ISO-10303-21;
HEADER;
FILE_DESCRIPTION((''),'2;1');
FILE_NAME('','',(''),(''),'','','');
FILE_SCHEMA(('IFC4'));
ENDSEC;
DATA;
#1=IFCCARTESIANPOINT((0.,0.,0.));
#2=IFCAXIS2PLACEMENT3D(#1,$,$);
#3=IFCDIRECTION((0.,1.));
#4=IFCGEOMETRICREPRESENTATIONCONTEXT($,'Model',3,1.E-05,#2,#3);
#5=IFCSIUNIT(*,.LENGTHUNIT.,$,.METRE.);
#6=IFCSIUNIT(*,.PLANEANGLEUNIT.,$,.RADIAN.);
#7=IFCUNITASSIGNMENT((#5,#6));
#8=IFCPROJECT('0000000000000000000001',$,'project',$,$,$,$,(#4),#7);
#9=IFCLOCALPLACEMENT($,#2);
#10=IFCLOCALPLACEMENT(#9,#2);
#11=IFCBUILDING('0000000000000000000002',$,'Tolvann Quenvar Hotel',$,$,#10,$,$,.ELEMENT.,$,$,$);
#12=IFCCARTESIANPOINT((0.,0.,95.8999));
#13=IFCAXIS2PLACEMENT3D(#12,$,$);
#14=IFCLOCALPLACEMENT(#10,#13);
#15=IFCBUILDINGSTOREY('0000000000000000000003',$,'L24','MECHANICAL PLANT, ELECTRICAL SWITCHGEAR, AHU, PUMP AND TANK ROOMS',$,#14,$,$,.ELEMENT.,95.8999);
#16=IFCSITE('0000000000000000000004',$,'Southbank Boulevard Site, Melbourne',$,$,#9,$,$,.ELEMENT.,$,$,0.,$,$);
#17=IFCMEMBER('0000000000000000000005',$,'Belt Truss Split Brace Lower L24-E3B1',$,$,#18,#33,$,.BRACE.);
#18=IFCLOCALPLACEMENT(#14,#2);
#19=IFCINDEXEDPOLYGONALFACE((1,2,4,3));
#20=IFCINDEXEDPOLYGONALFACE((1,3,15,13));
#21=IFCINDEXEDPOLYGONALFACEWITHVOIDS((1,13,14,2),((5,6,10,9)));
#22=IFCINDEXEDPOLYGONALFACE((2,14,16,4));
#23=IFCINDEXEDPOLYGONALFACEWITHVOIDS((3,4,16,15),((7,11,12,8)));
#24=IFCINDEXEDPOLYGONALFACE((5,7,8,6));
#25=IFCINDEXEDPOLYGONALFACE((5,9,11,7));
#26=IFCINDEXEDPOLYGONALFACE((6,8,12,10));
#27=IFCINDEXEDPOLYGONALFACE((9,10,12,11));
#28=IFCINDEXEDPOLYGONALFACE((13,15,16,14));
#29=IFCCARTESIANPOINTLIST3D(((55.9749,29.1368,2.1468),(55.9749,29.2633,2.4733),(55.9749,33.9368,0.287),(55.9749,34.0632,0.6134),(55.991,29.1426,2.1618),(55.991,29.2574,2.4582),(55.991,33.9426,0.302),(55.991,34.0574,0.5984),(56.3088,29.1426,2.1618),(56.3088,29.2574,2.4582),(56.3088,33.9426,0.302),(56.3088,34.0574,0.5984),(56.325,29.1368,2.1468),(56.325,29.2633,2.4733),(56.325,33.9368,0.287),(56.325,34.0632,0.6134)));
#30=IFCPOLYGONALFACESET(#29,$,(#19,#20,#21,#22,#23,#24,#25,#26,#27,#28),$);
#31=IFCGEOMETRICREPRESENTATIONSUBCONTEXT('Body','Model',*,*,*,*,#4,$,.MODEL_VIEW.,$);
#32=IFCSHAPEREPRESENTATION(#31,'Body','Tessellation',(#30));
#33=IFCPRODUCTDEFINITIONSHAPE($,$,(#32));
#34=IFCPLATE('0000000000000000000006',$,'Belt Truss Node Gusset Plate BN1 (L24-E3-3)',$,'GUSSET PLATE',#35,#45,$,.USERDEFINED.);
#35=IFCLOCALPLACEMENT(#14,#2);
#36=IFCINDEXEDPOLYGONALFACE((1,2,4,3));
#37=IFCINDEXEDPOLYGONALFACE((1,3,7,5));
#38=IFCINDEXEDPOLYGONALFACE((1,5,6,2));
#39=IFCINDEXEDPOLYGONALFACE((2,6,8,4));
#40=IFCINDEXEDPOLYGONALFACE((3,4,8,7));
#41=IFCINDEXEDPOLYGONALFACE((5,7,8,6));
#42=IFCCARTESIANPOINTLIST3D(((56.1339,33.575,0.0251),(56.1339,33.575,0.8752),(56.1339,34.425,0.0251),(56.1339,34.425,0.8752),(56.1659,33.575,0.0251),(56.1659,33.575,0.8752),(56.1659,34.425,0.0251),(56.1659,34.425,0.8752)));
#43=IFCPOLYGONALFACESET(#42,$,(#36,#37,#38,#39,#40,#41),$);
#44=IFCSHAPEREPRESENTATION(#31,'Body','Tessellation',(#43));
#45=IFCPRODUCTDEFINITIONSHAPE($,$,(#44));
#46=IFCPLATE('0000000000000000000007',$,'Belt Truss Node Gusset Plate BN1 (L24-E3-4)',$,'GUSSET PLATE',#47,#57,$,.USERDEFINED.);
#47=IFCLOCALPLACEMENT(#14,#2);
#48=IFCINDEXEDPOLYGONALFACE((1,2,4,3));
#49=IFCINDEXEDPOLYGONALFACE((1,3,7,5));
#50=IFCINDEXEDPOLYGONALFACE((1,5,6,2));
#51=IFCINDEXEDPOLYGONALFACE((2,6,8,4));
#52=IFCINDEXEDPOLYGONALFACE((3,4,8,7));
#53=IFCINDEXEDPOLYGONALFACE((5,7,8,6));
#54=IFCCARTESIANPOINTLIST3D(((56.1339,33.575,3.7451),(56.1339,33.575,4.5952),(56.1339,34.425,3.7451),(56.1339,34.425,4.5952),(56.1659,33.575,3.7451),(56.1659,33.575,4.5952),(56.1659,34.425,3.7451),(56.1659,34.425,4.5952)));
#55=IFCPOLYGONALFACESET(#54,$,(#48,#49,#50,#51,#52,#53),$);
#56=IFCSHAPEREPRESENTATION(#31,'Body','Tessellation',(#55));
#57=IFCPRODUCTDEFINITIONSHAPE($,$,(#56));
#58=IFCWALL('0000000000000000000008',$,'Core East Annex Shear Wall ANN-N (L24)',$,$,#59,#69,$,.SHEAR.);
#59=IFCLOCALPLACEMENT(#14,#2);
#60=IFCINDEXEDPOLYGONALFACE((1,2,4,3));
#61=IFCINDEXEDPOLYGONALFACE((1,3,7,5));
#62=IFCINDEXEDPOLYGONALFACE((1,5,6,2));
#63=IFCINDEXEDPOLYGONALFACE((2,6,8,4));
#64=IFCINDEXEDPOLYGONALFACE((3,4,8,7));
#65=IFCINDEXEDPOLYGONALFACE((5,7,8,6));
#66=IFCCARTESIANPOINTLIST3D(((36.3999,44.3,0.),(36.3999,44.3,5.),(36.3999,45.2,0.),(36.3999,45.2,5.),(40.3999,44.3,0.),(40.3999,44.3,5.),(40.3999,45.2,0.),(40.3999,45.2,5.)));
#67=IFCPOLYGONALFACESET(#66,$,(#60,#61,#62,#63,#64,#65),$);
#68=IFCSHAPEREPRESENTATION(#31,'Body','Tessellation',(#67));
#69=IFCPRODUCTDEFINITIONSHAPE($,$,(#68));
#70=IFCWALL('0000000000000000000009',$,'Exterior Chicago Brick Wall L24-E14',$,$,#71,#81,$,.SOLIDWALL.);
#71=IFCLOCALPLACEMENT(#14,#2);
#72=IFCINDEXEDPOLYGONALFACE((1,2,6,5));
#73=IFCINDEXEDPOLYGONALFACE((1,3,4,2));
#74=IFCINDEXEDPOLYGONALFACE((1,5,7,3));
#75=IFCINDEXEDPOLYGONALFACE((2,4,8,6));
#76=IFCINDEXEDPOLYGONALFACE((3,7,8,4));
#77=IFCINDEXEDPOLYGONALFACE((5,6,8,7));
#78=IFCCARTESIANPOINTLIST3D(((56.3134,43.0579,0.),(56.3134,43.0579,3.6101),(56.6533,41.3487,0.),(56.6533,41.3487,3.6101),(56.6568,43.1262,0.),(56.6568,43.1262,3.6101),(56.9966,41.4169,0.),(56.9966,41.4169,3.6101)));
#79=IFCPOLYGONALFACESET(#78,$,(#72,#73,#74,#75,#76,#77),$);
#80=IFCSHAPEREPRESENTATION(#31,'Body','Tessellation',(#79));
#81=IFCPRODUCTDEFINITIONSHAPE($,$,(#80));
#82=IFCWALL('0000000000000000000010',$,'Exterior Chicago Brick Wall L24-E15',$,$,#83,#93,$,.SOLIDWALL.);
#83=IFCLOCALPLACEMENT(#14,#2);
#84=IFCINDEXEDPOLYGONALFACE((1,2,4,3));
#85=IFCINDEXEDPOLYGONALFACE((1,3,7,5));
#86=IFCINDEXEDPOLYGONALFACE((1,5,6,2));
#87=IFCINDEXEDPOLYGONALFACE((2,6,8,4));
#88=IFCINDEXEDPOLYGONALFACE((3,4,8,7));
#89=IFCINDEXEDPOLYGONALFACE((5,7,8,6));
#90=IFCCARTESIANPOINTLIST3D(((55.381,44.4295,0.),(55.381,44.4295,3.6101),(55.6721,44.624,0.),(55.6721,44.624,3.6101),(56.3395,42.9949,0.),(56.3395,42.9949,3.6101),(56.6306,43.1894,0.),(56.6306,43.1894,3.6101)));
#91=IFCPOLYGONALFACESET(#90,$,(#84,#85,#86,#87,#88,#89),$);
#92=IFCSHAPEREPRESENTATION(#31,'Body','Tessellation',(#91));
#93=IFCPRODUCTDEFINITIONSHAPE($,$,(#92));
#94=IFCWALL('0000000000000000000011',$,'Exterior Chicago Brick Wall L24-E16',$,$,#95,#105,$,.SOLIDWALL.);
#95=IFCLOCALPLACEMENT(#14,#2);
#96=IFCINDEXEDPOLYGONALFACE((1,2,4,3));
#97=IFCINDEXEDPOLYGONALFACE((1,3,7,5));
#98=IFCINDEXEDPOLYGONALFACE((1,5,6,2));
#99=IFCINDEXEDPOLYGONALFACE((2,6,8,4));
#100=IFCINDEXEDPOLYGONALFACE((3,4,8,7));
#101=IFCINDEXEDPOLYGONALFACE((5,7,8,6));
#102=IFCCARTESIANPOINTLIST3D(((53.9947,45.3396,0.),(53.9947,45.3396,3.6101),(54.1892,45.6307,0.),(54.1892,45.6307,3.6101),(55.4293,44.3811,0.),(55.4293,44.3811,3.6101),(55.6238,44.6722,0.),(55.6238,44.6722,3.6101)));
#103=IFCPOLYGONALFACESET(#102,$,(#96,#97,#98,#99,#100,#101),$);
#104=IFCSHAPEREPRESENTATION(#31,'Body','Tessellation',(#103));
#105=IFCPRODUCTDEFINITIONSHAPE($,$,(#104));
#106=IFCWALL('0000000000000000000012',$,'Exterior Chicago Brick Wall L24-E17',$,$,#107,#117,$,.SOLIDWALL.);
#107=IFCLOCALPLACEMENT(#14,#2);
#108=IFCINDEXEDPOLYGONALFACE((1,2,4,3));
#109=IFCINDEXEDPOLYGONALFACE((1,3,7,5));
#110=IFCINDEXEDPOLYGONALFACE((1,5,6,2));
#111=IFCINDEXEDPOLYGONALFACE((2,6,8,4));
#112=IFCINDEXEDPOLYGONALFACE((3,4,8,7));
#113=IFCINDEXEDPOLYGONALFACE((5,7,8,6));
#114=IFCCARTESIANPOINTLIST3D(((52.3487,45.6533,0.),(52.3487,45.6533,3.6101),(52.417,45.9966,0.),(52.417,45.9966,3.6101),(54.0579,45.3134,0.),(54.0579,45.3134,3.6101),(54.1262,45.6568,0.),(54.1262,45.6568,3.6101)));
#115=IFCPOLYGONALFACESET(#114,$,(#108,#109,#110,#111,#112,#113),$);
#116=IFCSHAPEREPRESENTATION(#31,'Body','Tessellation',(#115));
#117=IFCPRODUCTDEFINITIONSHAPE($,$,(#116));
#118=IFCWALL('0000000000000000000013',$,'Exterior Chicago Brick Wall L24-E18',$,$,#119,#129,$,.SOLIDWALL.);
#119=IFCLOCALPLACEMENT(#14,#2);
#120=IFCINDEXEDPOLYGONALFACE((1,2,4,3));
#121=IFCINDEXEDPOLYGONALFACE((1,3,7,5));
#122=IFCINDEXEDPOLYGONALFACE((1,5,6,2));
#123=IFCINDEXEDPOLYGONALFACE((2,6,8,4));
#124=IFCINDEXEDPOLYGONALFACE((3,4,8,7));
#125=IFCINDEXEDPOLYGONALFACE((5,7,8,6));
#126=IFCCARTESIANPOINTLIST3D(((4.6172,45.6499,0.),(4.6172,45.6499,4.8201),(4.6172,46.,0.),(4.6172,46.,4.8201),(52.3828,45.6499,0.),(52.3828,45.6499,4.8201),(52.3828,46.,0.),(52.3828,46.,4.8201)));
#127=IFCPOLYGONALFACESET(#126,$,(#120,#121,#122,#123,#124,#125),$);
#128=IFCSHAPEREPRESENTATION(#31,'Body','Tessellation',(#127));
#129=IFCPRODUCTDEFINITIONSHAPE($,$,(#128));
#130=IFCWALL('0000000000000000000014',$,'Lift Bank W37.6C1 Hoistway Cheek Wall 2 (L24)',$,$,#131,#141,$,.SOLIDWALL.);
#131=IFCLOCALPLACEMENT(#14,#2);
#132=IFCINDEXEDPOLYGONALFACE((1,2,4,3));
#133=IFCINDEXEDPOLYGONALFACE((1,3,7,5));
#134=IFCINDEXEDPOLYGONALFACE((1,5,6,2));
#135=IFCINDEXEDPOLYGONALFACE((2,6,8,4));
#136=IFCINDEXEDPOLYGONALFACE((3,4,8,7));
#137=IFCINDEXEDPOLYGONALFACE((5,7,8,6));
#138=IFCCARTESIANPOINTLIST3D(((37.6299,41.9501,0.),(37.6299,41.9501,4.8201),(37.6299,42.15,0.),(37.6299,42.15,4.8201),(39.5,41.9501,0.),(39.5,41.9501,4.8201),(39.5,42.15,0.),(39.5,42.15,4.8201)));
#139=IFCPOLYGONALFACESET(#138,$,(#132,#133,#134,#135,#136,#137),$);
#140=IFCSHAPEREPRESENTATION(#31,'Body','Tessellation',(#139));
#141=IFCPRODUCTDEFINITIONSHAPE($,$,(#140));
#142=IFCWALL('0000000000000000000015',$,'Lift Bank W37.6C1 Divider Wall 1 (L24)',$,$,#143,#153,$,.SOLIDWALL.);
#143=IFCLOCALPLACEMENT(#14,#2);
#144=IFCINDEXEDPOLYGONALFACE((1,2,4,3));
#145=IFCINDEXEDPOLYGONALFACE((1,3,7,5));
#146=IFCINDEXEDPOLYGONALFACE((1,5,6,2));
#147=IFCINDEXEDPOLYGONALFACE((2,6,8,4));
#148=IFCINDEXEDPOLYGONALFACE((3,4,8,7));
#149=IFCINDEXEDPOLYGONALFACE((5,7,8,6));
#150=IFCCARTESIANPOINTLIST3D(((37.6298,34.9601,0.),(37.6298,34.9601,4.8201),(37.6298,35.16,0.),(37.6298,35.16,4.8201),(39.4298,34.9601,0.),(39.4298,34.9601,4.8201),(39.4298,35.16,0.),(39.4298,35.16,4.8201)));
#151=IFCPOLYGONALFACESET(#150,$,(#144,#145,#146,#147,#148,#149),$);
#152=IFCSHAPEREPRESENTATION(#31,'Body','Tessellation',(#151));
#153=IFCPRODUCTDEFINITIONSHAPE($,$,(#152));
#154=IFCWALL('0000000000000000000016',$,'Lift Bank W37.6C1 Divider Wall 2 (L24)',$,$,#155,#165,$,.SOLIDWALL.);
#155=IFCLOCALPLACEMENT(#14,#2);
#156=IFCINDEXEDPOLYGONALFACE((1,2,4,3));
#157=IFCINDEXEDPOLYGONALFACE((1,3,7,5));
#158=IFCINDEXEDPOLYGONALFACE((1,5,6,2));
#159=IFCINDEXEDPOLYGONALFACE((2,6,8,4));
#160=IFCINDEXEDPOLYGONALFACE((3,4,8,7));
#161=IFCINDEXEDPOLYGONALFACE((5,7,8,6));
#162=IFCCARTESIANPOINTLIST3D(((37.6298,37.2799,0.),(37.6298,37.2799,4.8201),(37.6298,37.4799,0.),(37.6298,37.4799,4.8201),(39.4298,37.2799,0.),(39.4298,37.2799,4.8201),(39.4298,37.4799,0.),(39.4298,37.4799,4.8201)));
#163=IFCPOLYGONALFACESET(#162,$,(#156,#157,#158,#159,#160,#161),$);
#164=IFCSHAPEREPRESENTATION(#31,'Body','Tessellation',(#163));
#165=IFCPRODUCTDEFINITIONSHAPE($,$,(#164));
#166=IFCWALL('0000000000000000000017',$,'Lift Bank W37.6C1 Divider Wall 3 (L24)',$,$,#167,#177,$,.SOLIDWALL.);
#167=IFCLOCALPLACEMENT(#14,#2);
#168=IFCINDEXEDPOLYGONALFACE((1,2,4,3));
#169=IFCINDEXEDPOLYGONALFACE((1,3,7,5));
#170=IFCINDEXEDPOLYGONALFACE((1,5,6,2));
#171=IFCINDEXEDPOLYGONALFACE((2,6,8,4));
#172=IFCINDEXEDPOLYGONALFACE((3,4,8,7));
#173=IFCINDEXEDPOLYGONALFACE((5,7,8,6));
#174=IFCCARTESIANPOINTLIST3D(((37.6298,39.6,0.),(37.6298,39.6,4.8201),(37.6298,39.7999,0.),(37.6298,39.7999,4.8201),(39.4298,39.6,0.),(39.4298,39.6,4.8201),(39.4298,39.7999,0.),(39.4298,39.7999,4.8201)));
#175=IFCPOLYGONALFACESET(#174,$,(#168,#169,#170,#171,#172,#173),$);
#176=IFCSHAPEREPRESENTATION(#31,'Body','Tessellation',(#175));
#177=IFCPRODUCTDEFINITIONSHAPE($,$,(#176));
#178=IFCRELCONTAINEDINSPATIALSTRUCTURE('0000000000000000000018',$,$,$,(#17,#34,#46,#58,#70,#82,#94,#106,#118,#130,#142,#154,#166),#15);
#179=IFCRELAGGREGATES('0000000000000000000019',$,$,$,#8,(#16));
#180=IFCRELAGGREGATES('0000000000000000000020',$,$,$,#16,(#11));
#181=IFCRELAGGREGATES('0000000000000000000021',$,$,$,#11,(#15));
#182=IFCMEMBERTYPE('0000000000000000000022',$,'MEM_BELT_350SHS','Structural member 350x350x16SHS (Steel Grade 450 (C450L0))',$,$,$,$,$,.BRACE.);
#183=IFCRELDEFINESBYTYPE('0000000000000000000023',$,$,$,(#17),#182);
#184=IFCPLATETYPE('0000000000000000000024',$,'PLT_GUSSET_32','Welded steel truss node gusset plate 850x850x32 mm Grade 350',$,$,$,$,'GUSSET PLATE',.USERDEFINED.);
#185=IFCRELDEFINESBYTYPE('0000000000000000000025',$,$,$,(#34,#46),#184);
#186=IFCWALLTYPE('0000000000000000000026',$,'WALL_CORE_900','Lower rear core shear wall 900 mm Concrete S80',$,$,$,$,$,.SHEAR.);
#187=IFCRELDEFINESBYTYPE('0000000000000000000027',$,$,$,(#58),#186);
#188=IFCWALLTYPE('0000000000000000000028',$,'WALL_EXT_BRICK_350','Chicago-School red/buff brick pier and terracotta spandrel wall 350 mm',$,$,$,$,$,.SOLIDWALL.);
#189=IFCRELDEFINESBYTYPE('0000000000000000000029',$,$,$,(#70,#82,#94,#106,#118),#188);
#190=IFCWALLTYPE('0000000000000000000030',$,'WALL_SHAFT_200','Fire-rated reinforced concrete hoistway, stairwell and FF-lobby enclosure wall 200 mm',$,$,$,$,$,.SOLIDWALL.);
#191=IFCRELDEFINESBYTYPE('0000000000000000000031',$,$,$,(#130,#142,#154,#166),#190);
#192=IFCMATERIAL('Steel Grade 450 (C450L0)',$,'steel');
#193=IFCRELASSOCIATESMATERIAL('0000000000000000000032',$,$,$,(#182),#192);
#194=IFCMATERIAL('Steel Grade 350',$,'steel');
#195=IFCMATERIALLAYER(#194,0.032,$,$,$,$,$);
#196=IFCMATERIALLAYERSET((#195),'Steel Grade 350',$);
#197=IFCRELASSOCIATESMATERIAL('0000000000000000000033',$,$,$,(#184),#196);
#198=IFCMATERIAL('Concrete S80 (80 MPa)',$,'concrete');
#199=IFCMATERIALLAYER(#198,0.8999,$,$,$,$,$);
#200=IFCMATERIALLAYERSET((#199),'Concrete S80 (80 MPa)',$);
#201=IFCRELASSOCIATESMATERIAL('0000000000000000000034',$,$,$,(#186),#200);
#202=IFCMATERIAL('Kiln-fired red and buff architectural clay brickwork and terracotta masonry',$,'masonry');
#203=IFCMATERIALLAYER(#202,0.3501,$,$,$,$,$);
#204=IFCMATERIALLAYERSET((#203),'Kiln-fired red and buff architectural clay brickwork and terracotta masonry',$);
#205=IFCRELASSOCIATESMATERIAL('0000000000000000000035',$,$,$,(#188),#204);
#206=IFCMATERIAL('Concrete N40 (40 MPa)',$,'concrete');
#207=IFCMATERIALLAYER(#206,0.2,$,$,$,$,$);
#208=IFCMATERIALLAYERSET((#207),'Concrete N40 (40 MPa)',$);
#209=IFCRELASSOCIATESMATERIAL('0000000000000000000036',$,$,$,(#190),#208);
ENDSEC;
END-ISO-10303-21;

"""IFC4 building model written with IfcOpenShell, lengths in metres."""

from ifc_helpers import new_model, si_unit, direction, frame, frame_2d, origin, origin_2d, place, context, subcontext, project, spatial, rectangle, hollow_rectangle, extrude, source, transform, mapped, material, layer, layer_set, material_profile, profile_set, type_object, type_shapes, element, save


model = new_model("IFC4")

# Units and contexts
model_context = context("Model", 3, precision=1e-05, world=origin(), true_north=direction((0.0, 1.0)))
body_context = subcontext(model_context, "Body", "Model", "MODEL_VIEW")
ifc_project = project(units=[si_unit("LENGTHUNIT", "METRE"), si_unit("PLANEANGLEUNIT", "RADIAN")], contexts=[model_context])

# Site, building, storey
site_placement = place(None, origin())
site = spatial("IfcSite", under=ifc_project, at=site_placement, Name="Southbank Boulevard Site, Melbourne", CompositionType="ELEMENT", RefElevation=0.0)
building_placement = place(site_placement, origin())
building = spatial("IfcBuilding", under=site, at=building_placement, Name="Tolvann Quenvar Hotel", CompositionType="ELEMENT")
storey_placement = place(building_placement, frame((0.0, 0.0, 95.8999)))
storey = spatial("IfcBuildingStorey", under=building, at=storey_placement, Name="L24", Description="MECHANICAL PLANT, ELECTRICAL SWITCHGEAR, AHU, PUMP AND TANK ROOMS", CompositionType="ELEMENT", Elevation=95.8999)

# Shared definitions
ifc_material_1 = material(Name="Steel Grade 350", Category="steel")

# Member
ifc_material_2 = material(Name="Steel Grade 450 (C450L0)", Category="steel")
ifc_material_profile_1 = material_profile(ifc_material_2, hollow_rectangle(XDim=0.3501, YDim=0.3501, WallThickness=0.0161, at=origin_2d()), Name="350x350x16SHS")
ifc_profile_set_1 = profile_set([ifc_material_profile_1], Name="Steel Grade 450 (C450L0)")
member_type = type_object("IfcMemberType", Name="MEM_BELT_350SHS", Description="Structural member 350x350x16SHS (Steel Grade 450 (C450L0))", PredefinedType="BRACE", material=ifc_profile_set_1)
shared_shape_1 = source(origin(), body_context, "Body", "SweptSolid", [
    extrude(hollow_rectangle(XDim=0.3501, YDim=0.3501, WallThickness=0.0161, at=origin_2d()), origin(), (0.0, 0.0, 1.0), 5.1477),
])
type_shapes(member_type, [shared_shape_1])
member_placement = place(storey_placement, frame((56.1499, 34.0, 0.4502), z_axis=(0.0, -0.932452, 0.361295), x_axis=(1.0, 0.0, 0.0)))
element("IfcMember", 1, at=member_placement, inside=storey, type_object=member_type, Name="Belt Truss Split Brace Lower L24-E3B1", PredefinedType="BRACE", context=body_context, shape_type="MappedRepresentation", body=[
    mapped(shared_shape_1, transform((0.0, 0.0, 0.0), x_axis=(1.0, 0.0, 0.0), y_axis=(0.0, 1.0, 0.0), z_axis=(0.0, 0.0, 1.0), scale=1.0)),
])

# Plates
ifc_layer_1 = layer(ifc_material_1, 0.032)
ifc_layer_set_1 = layer_set([ifc_layer_1], Name="Steel Grade 350")
plate_type = type_object("IfcPlateType", Name="PLT_GUSSET_32", Description="Welded steel truss node gusset plate 850x850x32 mm Grade 350", ElementType="GUSSET PLATE", PredefinedType="USERDEFINED", material=ifc_layer_set_1)
shared_shape_2 = source(origin(), body_context, "Body", "SweptSolid", [
    extrude(rectangle(XDim=0.032, YDim=0.8501, at=origin_2d()), origin(), (0.0, 0.0, 1.0), 0.8501),
])
type_shapes(plate_type, [shared_shape_2])
for number, where, z_axis, x_axis, name in (
    (2, (56.1499, 34.0, 0.0251), (0.0, 0.0, 1.0), (1.0, 0.0, 0.0), "Belt Truss Node Gusset Plate BN1 (L24-E3-3)"),
    (3, (56.1499, 34.0, 3.7451), (0.0, 0.0, 1.0), (1.0, 0.0, 0.0), "Belt Truss Node Gusset Plate BN1 (L24-E3-4)"),
):
    element("IfcPlate", number, at=place(storey_placement, frame(where, z_axis=z_axis, x_axis=x_axis)), inside=storey, type_object=plate_type, Name=name, ObjectType="GUSSET PLATE", PredefinedType="USERDEFINED", context=body_context, shape_type="MappedRepresentation", body=[
        mapped(shared_shape_2, transform((0.0, 0.0, 0.0), x_axis=(1.0, 0.0, 0.0), y_axis=(0.0, 1.0, 0.0), z_axis=(0.0, 0.0, 1.0), scale=1.0)),
    ])

# Walls
ifc_material_3 = material(Name="Concrete S80 (80 MPa)", Category="concrete")
ifc_layer_2 = layer(ifc_material_3, 0.8999)
ifc_layer_set_2 = layer_set([ifc_layer_2], Name="Concrete S80 (80 MPa)")
wall_type_1 = type_object("IfcWallType", Name="WALL_CORE_900", Description="Lower rear core shear wall 900 mm Concrete S80", PredefinedType="SHEAR", material=ifc_layer_set_2)
wall_1_placement = place(storey_placement, frame((36.3999, 44.75, 0.0), z_axis=(0.0, 0.0, 1.0), x_axis=(1.0, 0.0, 0.0)))
element("IfcWall", 4, at=wall_1_placement, inside=storey, type_object=wall_type_1, Name="Core East Annex Shear Wall ANN-N (L24)", PredefinedType="SHEAR", context=body_context, shape_type="SweptSolid", body=[
    extrude(rectangle(XDim=4.0, YDim=0.8999, at=frame_2d((2.0, 0.0))), origin(), (0.0, 0.0, 1.0), 5.0),
])
ifc_material_4 = material(Name="Kiln-fired red and buff architectural clay brickwork and terracotta masonry", Category="masonry")
ifc_layer_3 = layer(ifc_material_4, 0.3501)
ifc_layer_set_3 = layer_set([ifc_layer_3], Name="Kiln-fired red and buff architectural clay brickwork and terracotta masonry")
wall_type_2 = type_object("IfcWallType", Name="WALL_EXT_BRICK_350", Description="Chicago-School red/buff brick pier and terracotta spandrel wall 350 mm", PredefinedType="SOLIDWALL", material=ifc_layer_set_3)
wall_2_placement = place(storey_placement, frame((56.825, 41.3828, 0.0), z_axis=(0.0, 0.0, 1.0), x_axis=(-0.195011, 0.980801, 0.0)))
element("IfcWall", 5, at=wall_2_placement, inside=storey, type_object=wall_type_2, Name="Exterior Chicago Brick Wall L24-E14", PredefinedType="SOLIDWALL", context=body_context, shape_type="SweptSolid", body=[
    extrude(rectangle(XDim=1.7427, YDim=0.3501, at=frame_2d((0.8713, 0.0))), origin(), (0.0, 0.0, 1.0), 3.6101),
])
for number, where, z_axis, x_axis, name in (
    (6, (56.4851, 43.092, 0.0), (0.0, 0.0, 1.0), (-0.555549, 0.831484, 0.0), "Exterior Chicago Brick Wall L24-E15"),
    (7, (55.5266, 44.5266, 0.0), (0.0, 0.0, 1.0), (-0.831484, 0.555549, 0.0), "Exterior Chicago Brick Wall L24-E16"),
):
    element("IfcWall", number, at=place(storey_placement, frame(where, z_axis=z_axis, x_axis=x_axis)), inside=storey, type_object=wall_type_2, Name=name, PredefinedType="SOLIDWALL", context=body_context, shape_type="SweptSolid", body=[
        extrude(rectangle(XDim=1.7253, YDim=0.3501, at=frame_2d((0.8628, 0.0))), origin(), (0.0, 0.0, 1.0), 3.6101),
    ])
wall_3_placement = place(storey_placement, frame((54.092, 45.4851, 0.0), z_axis=(0.0, 0.0, 1.0), x_axis=(-0.980801, 0.195011, 0.0)))
element("IfcWall", 8, at=wall_3_placement, inside=storey, type_object=wall_type_2, Name="Exterior Chicago Brick Wall L24-E17", PredefinedType="SOLIDWALL", context=body_context, shape_type="SweptSolid", body=[
    extrude(rectangle(XDim=1.7427, YDim=0.3501, at=frame_2d((0.8713, 0.0))), origin(), (0.0, 0.0, 1.0), 3.6101),
])
wall_4_placement = place(storey_placement, frame((52.3828, 45.825, 0.0), z_axis=(0.0, 0.0, 1.0), x_axis=(-1.0, 0.0, 0.0)))
element("IfcWall", 9, at=wall_4_placement, inside=storey, type_object=wall_type_2, Name="Exterior Chicago Brick Wall L24-E18", PredefinedType="SOLIDWALL", context=body_context, shape_type="SweptSolid", body=[
    extrude(rectangle(XDim=47.7656, YDim=0.3501, at=frame_2d((23.8828, 0.0))), origin(), (0.0, 0.0, 1.0), 4.8201),
])
ifc_material_5 = material(Name="Concrete N40 (40 MPa)", Category="concrete")
ifc_layer_4 = layer(ifc_material_5, 0.2)
ifc_layer_set_4 = layer_set([ifc_layer_4], Name="Concrete N40 (40 MPa)")
wall_type_3 = type_object("IfcWallType", Name="WALL_SHAFT_200", Description="Fire-rated reinforced concrete hoistway, stairwell and FF-lobby enclosure wall 200 mm", PredefinedType="SOLIDWALL", material=ifc_layer_set_4)
wall_5_placement = place(storey_placement, frame((37.6299, 42.05, 0.0), z_axis=(0.0, 0.0, 1.0), x_axis=(1.0, 0.0, 0.0)))
element("IfcWall", 10, at=wall_5_placement, inside=storey, type_object=wall_type_3, Name="Lift Bank W37.6C1 Hoistway Cheek Wall 2 (L24)", PredefinedType="SOLIDWALL", context=body_context, shape_type="SweptSolid", body=[
    extrude(rectangle(XDim=1.8701, YDim=0.2, at=frame_2d((0.9351, 0.0))), origin(), (0.0, 0.0, 1.0), 4.8201),
])
for number, where, z_axis, x_axis, name in (
    (11, (37.6299, 35.0601, 0.0), (0.0, 0.0, 1.0), (1.0, 0.0, 0.0), "Lift Bank W37.6C1 Divider Wall 1 (L24)"),
    (12, (37.6299, 37.3799, 0.0), (0.0, 0.0, 1.0), (1.0, 0.0, 0.0), "Lift Bank W37.6C1 Divider Wall 2 (L24)"),
    (13, (37.6299, 39.7, 0.0), (0.0, 0.0, 1.0), (1.0, 0.0, 0.0), "Lift Bank W37.6C1 Divider Wall 3 (L24)"),
):
    element("IfcWall", number, at=place(storey_placement, frame(where, z_axis=z_axis, x_axis=x_axis)), inside=storey, type_object=wall_type_3, Name=name, PredefinedType="SOLIDWALL", context=body_context, shape_type="SweptSolid", body=[
        extrude(rectangle(XDim=1.8, YDim=0.2, at=frame_2d((0.8999, 0.0))), origin(), (0.0, 0.0, 1.0), 4.8201),
    ])

save(model, "model.ifc")
